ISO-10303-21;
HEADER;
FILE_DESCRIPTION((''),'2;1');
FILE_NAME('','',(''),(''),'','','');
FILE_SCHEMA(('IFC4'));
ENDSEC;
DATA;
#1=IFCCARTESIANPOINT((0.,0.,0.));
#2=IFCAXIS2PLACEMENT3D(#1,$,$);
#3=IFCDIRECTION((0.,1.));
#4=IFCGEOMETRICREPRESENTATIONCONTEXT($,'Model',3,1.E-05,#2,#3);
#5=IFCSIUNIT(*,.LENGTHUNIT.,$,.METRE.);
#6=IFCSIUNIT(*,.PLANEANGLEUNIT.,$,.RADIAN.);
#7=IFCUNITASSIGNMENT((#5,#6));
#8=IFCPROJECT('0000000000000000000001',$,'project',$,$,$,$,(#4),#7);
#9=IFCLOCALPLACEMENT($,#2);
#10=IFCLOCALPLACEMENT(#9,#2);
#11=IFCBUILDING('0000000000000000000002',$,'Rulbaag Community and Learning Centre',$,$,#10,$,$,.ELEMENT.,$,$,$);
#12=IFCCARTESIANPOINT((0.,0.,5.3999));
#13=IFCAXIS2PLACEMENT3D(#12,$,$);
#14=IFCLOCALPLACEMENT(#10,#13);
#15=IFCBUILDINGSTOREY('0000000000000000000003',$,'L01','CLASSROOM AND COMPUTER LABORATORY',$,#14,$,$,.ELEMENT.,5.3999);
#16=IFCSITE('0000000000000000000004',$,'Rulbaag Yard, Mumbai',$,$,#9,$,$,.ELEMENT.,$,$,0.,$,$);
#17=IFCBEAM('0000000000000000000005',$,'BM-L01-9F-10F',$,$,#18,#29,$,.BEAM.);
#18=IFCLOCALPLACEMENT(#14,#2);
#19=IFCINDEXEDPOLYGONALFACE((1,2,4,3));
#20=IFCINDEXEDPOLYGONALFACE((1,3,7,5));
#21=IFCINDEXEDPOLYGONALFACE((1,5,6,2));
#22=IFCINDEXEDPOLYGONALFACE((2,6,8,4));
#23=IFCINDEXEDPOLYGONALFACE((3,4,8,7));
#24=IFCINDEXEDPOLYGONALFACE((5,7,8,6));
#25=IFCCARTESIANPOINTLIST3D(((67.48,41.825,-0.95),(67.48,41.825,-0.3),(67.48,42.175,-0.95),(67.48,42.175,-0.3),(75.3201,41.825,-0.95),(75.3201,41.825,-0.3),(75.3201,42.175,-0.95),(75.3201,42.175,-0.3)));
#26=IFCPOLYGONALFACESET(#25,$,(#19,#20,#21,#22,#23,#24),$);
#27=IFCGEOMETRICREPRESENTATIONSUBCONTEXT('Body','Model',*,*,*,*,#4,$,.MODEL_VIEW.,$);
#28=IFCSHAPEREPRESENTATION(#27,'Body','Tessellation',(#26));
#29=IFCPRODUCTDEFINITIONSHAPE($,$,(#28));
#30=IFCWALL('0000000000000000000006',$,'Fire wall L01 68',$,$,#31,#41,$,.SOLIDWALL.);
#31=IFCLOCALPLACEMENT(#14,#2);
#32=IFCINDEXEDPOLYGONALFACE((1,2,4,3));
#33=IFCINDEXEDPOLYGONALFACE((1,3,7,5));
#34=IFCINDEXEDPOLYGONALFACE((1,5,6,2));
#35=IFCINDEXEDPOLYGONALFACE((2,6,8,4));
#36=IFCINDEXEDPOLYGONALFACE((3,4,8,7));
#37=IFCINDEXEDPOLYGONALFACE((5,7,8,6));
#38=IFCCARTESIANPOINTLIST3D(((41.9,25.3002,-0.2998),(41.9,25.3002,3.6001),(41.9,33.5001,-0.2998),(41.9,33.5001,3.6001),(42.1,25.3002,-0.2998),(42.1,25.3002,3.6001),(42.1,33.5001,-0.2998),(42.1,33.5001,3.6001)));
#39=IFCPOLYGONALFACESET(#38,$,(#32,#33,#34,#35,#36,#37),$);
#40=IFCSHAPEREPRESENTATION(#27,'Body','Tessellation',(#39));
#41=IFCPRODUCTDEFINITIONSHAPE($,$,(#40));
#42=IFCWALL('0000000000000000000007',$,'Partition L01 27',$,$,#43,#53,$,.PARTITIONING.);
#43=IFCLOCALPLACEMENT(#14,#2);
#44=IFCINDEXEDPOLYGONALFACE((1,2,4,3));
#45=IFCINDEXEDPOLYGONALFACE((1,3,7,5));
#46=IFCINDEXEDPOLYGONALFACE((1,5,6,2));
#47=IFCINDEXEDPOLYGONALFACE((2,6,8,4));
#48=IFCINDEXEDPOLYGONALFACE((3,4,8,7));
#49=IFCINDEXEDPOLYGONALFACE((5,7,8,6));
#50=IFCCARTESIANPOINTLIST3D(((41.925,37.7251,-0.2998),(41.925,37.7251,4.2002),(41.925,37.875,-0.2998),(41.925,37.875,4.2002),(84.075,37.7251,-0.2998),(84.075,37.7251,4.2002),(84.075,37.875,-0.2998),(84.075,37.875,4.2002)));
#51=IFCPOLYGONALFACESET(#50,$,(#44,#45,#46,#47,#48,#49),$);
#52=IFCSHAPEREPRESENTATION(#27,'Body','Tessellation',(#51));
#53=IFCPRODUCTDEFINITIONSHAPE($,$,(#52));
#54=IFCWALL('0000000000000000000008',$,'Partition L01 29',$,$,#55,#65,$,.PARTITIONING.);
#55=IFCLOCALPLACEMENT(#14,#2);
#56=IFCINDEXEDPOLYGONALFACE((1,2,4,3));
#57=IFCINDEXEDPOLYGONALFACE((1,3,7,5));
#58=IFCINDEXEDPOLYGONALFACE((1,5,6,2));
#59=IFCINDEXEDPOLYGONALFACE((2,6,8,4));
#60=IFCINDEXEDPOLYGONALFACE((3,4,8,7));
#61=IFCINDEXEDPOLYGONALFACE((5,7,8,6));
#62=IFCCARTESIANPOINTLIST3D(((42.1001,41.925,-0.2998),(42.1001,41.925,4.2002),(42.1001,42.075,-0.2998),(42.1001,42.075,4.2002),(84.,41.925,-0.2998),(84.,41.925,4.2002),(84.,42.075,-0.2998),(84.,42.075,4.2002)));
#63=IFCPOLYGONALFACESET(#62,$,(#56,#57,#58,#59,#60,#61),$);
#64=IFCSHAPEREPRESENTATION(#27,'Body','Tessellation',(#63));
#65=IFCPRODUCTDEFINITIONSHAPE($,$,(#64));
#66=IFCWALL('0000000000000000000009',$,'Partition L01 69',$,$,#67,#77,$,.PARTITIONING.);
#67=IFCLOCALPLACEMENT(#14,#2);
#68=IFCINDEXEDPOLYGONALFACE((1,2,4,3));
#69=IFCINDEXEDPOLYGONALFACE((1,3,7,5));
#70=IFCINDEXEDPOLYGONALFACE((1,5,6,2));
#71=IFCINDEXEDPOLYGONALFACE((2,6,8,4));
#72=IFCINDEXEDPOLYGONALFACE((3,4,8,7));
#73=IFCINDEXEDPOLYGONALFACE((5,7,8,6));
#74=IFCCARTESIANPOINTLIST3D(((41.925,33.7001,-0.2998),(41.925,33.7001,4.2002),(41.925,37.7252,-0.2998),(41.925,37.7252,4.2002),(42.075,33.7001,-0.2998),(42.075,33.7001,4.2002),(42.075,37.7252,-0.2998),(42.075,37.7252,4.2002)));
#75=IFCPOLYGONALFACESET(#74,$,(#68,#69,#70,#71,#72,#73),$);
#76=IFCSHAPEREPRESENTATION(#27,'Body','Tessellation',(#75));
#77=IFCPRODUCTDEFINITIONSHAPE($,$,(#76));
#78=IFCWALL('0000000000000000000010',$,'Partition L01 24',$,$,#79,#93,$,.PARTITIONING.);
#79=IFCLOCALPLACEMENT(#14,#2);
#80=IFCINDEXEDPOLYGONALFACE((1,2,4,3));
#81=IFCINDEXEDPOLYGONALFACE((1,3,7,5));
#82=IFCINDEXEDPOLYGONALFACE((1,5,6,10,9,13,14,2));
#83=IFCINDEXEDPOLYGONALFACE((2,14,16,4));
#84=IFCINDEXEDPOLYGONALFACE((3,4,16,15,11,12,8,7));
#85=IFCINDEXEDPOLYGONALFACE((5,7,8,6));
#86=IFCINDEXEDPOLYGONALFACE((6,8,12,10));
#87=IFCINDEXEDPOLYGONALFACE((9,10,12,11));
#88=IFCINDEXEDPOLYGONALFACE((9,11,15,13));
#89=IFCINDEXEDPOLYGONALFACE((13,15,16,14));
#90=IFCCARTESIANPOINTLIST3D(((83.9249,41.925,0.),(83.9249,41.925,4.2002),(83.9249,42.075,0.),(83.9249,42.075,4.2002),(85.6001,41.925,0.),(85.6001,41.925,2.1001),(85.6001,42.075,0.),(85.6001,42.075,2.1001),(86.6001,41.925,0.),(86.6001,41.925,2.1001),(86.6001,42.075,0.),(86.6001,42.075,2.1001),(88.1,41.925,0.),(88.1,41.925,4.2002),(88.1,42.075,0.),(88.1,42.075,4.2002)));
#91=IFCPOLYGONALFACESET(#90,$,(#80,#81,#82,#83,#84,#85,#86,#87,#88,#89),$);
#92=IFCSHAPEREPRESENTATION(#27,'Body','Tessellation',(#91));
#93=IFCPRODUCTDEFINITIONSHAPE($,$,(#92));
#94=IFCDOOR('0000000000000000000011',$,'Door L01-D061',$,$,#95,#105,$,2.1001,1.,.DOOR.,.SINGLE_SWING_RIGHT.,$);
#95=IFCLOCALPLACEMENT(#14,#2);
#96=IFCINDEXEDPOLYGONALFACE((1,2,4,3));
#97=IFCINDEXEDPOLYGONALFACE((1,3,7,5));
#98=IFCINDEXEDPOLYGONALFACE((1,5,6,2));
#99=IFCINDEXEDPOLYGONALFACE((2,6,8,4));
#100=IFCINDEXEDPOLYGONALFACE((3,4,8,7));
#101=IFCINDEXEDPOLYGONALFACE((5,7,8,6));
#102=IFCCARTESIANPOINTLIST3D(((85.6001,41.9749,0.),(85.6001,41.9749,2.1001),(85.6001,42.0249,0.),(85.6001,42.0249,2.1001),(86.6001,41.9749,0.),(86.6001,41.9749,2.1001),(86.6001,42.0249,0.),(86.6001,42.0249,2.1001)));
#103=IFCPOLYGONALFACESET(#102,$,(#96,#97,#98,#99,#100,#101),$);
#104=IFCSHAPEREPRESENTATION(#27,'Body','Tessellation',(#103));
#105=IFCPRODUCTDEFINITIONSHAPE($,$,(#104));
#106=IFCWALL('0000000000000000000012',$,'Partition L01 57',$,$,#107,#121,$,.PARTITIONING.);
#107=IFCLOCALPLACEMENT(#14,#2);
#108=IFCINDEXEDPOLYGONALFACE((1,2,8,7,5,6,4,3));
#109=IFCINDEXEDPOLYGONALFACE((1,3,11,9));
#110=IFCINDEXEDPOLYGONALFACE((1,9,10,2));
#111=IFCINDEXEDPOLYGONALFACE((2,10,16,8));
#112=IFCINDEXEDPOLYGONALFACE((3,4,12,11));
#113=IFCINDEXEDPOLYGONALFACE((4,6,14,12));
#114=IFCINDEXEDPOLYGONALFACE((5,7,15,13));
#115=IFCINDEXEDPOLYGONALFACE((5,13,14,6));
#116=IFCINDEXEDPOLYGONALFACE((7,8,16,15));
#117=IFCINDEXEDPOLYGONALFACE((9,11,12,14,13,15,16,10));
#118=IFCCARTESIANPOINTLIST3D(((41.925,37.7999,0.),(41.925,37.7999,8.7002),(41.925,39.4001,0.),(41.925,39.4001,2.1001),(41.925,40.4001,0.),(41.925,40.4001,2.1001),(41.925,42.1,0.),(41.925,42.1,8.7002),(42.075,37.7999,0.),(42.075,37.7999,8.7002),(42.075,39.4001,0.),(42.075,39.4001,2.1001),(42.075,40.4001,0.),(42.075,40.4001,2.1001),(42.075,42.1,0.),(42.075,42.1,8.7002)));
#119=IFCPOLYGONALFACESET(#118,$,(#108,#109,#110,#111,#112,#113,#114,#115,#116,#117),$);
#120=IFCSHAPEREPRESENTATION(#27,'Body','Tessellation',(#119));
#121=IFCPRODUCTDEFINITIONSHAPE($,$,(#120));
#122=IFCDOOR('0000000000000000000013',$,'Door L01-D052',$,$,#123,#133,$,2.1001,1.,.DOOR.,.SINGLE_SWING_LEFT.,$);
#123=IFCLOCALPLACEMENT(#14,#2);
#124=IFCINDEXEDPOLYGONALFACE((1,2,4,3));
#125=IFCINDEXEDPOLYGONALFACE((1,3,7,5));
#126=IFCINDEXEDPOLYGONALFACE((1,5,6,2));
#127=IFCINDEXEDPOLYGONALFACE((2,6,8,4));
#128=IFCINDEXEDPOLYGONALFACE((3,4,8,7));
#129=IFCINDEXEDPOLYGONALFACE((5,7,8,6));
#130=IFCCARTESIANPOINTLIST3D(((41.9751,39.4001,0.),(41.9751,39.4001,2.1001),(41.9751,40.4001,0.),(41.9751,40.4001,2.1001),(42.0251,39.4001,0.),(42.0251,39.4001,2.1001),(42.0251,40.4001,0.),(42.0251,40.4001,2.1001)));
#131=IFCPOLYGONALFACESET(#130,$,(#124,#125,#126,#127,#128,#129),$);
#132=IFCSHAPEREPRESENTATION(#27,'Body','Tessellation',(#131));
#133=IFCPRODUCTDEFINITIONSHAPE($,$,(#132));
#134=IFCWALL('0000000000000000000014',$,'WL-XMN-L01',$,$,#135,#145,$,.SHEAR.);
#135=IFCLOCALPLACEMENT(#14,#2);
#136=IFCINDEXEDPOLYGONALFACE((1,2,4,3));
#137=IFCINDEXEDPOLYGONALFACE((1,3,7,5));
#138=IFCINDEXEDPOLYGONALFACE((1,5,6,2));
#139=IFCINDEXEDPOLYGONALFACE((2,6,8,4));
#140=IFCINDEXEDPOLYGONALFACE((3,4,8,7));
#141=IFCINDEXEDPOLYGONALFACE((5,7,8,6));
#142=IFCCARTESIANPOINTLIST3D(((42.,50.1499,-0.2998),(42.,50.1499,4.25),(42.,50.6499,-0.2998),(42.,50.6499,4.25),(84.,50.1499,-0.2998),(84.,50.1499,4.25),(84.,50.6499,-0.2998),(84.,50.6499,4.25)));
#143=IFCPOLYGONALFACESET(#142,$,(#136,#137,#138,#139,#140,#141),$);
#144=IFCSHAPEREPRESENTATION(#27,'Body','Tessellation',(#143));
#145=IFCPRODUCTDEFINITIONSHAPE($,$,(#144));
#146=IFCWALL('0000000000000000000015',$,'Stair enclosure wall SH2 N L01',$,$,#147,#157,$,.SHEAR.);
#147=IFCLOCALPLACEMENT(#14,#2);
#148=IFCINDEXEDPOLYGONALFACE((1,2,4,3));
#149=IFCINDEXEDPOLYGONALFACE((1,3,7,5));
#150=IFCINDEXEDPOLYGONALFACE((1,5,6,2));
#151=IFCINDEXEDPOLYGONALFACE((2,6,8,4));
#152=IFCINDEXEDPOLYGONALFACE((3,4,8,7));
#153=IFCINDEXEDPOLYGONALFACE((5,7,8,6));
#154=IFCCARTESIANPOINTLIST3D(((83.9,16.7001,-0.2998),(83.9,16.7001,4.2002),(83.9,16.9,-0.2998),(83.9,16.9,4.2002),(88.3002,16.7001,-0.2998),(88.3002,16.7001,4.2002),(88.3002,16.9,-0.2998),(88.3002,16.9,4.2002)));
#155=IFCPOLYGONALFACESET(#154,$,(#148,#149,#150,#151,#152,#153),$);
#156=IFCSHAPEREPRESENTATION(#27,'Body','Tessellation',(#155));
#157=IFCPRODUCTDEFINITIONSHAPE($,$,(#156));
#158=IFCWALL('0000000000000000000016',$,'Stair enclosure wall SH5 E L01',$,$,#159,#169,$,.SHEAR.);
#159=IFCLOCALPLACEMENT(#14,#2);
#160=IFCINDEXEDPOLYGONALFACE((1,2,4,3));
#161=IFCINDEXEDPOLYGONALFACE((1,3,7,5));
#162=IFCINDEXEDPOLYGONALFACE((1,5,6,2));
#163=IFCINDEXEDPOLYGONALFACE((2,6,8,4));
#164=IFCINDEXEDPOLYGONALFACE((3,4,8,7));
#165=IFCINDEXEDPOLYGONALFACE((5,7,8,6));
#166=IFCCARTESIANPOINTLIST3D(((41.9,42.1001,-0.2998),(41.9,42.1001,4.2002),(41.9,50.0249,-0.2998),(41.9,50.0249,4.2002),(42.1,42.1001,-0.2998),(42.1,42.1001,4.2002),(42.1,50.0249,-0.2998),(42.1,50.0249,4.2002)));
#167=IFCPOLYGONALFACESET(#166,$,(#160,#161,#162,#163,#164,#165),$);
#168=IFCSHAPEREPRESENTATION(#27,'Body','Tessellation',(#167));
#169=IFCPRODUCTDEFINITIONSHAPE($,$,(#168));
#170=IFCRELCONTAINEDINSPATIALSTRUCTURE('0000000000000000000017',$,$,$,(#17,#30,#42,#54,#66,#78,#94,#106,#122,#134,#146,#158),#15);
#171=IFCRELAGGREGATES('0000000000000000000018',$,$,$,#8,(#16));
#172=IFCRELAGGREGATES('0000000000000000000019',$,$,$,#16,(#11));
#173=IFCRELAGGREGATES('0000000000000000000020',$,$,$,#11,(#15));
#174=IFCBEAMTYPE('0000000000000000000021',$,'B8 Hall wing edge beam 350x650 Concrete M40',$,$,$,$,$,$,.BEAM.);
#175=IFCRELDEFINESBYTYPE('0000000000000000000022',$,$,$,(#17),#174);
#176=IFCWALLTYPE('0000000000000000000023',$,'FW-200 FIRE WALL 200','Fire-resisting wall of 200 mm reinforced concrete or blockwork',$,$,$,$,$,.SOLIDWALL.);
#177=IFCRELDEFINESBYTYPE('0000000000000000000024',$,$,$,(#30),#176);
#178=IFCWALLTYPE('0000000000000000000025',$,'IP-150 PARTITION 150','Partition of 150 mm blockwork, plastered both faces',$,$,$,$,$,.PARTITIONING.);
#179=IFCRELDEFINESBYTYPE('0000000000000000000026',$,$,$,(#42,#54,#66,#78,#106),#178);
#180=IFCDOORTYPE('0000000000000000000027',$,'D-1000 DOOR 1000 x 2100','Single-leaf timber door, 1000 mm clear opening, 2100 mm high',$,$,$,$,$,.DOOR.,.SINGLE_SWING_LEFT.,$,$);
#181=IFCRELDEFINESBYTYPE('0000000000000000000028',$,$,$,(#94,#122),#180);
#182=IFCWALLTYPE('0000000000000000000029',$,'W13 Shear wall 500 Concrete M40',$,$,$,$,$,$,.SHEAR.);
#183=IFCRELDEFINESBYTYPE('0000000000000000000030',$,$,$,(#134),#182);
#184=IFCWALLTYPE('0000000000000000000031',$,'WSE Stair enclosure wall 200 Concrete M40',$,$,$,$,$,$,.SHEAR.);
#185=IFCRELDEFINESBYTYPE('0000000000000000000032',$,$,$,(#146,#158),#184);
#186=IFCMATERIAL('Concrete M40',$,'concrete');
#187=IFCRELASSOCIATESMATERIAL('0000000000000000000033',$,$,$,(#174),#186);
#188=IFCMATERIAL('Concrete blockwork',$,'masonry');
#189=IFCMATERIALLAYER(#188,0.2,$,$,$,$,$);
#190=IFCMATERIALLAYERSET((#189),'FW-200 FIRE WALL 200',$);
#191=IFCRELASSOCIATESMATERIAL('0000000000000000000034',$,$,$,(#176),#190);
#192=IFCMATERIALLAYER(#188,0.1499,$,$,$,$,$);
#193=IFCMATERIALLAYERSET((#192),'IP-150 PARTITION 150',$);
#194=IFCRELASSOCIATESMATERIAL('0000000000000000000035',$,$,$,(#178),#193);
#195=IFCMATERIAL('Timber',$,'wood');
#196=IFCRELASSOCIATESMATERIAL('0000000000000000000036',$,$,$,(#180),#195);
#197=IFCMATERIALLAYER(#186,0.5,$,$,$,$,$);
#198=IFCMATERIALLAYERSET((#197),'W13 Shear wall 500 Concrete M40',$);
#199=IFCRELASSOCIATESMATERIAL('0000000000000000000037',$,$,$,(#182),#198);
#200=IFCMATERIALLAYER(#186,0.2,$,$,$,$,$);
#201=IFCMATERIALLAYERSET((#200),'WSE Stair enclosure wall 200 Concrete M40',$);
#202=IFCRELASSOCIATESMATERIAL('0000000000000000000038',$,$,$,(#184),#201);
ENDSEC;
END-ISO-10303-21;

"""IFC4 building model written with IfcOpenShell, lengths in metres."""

from ifc_helpers import new_model, si_unit, direction, frame, frame_2d, origin, origin_2d, place, context, subcontext, project, spatial, rectangle, extrude, material, layer, layer_set, material_profile, profile_set, type_object, element, fill, save


model = new_model("IFC4")

# Units and contexts
model_context = context("Model", 3, precision=1e-05, world=origin(), true_north=direction((0.0, 1.0)))
body_context = subcontext(model_context, "Body", "Model", "MODEL_VIEW")
ifc_project = project(units=[si_unit("LENGTHUNIT", "METRE"), si_unit("PLANEANGLEUNIT", "RADIAN")], contexts=[model_context])

# Site, building, storey
site_placement = place(None, origin())
site = spatial("IfcSite", under=ifc_project, at=site_placement, Name="Rulbaag Yard, Mumbai", CompositionType="ELEMENT", RefElevation=0.0)
building_placement = place(site_placement, origin())
building = spatial("IfcBuilding", under=site, at=building_placement, Name="Rulbaag Community and Learning Centre", CompositionType="ELEMENT")
storey_placement = place(building_placement, frame((0.0, 0.0, 5.3999)))
storey = spatial("IfcBuildingStorey", under=building, at=storey_placement, Name="L01", Description="CLASSROOM AND COMPUTER LABORATORY", CompositionType="ELEMENT", Elevation=5.3999)

# Beam
ifc_material_1 = material(Name="Concrete M40", Category="concrete")
ifc_material_profile_1 = material_profile(ifc_material_1, rectangle(XDim=0.3501, YDim=0.6499, at=origin_2d()), Name="RB350x650")
ifc_profile_set_1 = profile_set([ifc_material_profile_1], Name="Concrete M40")
beam_type_1 = type_object("IfcBeamType", Name="B8 Hall wing edge beam 350x650 Concrete M40", PredefinedType="BEAM", material=ifc_profile_set_1)
beam_1_placement = place(storey_placement, frame((67.48, 42.0, -0.625), z_axis=(1.0, 0.0, 0.0), x_axis=(0.0, 1.0, 0.0)))
element("IfcBeam", 1, at=beam_1_placement, inside=storey, type_object=beam_type_1, Name="BM-L01-9F-10F", PredefinedType="BEAM", context=body_context, shape_type="SweptSolid", body=[
    extrude(rectangle(XDim=0.3501, YDim=0.6499, at=origin_2d()), origin(), (0.0, 0.0, 1.0), 7.8401),
])

# Walls
ifc_material_2 = material(Name="Concrete blockwork", Category="masonry")
ifc_layer_1 = layer(ifc_material_2, 0.2)
ifc_layer_set_1 = layer_set([ifc_layer_1], Name="FW-200 FIRE WALL 200")
wall_type_1 = type_object("IfcWallType", Name="FW-200 FIRE WALL 200", Description="Fire-resisting wall of 200 mm reinforced concrete or blockwork", PredefinedType="SOLIDWALL", material=ifc_layer_set_1)
wall_1_placement = place(storey_placement, frame((42.0, 25.3, -0.2998), z_axis=(0.0, 0.0, 1.0), x_axis=(0.0, 1.0, 0.0)))
element("IfcWall", 2, at=wall_1_placement, inside=storey, type_object=wall_type_1, Name="Fire wall L01 68", PredefinedType="SOLIDWALL", context=body_context, shape_type="SweptSolid", body=[
    extrude(rectangle(XDim=8.2, YDim=0.2, at=frame_2d((4.1001, 0.0))), origin(), (0.0, 0.0, 1.0), 3.8999),
])
ifc_layer_2 = layer(ifc_material_2, 0.1499)
ifc_layer_set_2 = layer_set([ifc_layer_2], Name="IP-150 PARTITION 150")
wall_type_2 = type_object("IfcWallType", Name="IP-150 PARTITION 150", Description="Partition of 150 mm blockwork, plastered both faces", PredefinedType="PARTITIONING", material=ifc_layer_set_2)
wall_2_placement = place(storey_placement, frame((41.925, 37.8, -0.2998), z_axis=(0.0, 0.0, 1.0), x_axis=(1.0, 0.0, 0.0)))
element("IfcWall", 3, at=wall_2_placement, inside=storey, type_object=wall_type_2, Name="Partition L01 27", PredefinedType="PARTITIONING", context=body_context, shape_type="SweptSolid", body=[
    extrude(rectangle(XDim=42.1499, YDim=0.1499, at=frame_2d((21.075, 0.0))), origin(), (0.0, 0.0, 1.0), 4.5),
])
wall_3_placement = place(storey_placement, frame((42.1001, 42.0, -0.2998), z_axis=(0.0, 0.0, 1.0), x_axis=(1.0, 0.0, 0.0)))
element("IfcWall", 4, at=wall_3_placement, inside=storey, type_object=wall_type_2, Name="Partition L01 29", PredefinedType="PARTITIONING", context=body_context, shape_type="SweptSolid", body=[
    extrude(rectangle(XDim=41.8999, YDim=0.1499, at=frame_2d((20.95, 0.0))), origin(), (0.0, 0.0, 1.0), 4.5),
])
wall_4_placement = place(storey_placement, frame((42.0, 33.7, -0.2998), z_axis=(0.0, 0.0, 1.0), x_axis=(0.0, 1.0, 0.0)))
element("IfcWall", 5, at=wall_4_placement, inside=storey, type_object=wall_type_2, Name="Partition L01 69", PredefinedType="PARTITIONING", context=body_context, shape_type="SweptSolid", body=[
    extrude(rectangle(XDim=4.0251, YDim=0.1499, at=frame_2d((2.0127, 0.0))), origin(), (0.0, 0.0, 1.0), 4.5),
])

# Walls, openings, doors
wall_5_placement = place(storey_placement, frame((83.925, 42.0, 0.0), z_axis=(0.0, 0.0, 1.0), x_axis=(1.0, 0.0, 0.0)))
wall_5 = element("IfcWall", 6, at=wall_5_placement, inside=storey, type_object=wall_type_2, Name="Partition L01 24", PredefinedType="PARTITIONING", context=body_context, shape_type="SweptSolid", body=[
    extrude(rectangle(XDim=4.175, YDim=0.1499, at=frame_2d((2.0874, 0.0))), origin(), (0.0, 0.0, 1.0), 4.2002),
])
opening_1_placement = place(wall_5_placement, frame((1.675, 0.0, 0.0)))
opening_1 = element("IfcOpeningElement", 7, at=opening_1_placement, cuts=wall_5, PredefinedType="OPENING", context=body_context, shape_type="SweptSolid", body=[
    extrude(rectangle(XDim=1.0, YDim=2.1001, at=frame_2d((0.5, 1.05))), frame((0.0, 0.085, 0.0), z_axis=(0.0, -1.0, 0.0), x_axis=(1.0, 0.0, 0.0)), (0.0, 0.0, 1.0), 0.1699),
])
ifc_material_3 = material(Name="Timber", Category="wood")
door_type = type_object("IfcDoorType", Name="D-1000 DOOR 1000 x 2100", Description="Single-leaf timber door, 1000 mm clear opening, 2100 mm high", OperationType="SINGLE_SWING_LEFT", PredefinedType="DOOR", material=ifc_material_3)
door_1_placement = place(opening_1_placement, origin())
door_1 = element("IfcDoor", 8, at=door_1_placement, inside=storey, type_object=door_type, Name="Door L01-D061", OperationType="SINGLE_SWING_RIGHT", OverallHeight=2.1001, OverallWidth=1.0, PredefinedType="DOOR", context=body_context, shape_type="SweptSolid", body=[
    extrude(rectangle(XDim=1.0, YDim=2.1001, at=frame_2d((0.5, 1.05))), frame((0.0, 0.0249, 0.0), z_axis=(0.0, -1.0, 0.0), x_axis=(1.0, 0.0, 0.0)), (0.0, 0.0, 1.0), 0.05),
])
fill(opening_1, door_1)
wall_6_placement = place(storey_placement, frame((42.0, 37.8, 0.0), z_axis=(0.0, 0.0, 1.0), x_axis=(0.0, 1.0, 0.0)))
wall_6 = element("IfcWall", 9, at=wall_6_placement, inside=storey, type_object=wall_type_2, Name="Partition L01 57", PredefinedType="PARTITIONING", context=body_context, shape_type="SweptSolid", body=[
    extrude(rectangle(XDim=4.3, YDim=0.1499, at=frame_2d((2.1499, 0.0))), origin(), (0.0, 0.0, 1.0), 8.7002),
])
opening_2_placement = place(wall_6_placement, frame((1.6001, 0.0, 0.0)))
opening_2 = element("IfcOpeningElement", 10, at=opening_2_placement, cuts=wall_6, PredefinedType="OPENING", context=body_context, shape_type="SweptSolid", body=[
    extrude(rectangle(XDim=1.0, YDim=2.1001, at=frame_2d((0.5, 1.05))), frame((0.0, 0.085, 0.0), z_axis=(0.0, -1.0, 0.0), x_axis=(1.0, 0.0, 0.0)), (0.0, 0.0, 1.0), 0.1699),
])
door_2_placement = place(opening_2_placement, origin())
door_2 = element("IfcDoor", 11, at=door_2_placement, inside=storey, type_object=door_type, Name="Door L01-D052", OperationType="SINGLE_SWING_LEFT", OverallHeight=2.1001, OverallWidth=1.0, PredefinedType="DOOR", context=body_context, shape_type="SweptSolid", body=[
    extrude(rectangle(XDim=1.0, YDim=2.1001, at=frame_2d((0.5, 1.05))), frame((0.0, 0.0249, 0.0), z_axis=(0.0, -1.0, 0.0), x_axis=(1.0, 0.0, 0.0)), (0.0, 0.0, 1.0), 0.05),
])
fill(opening_2, door_2)

# Walls
ifc_layer_3 = layer(ifc_material_1, 0.5)
ifc_layer_set_3 = layer_set([ifc_layer_3], Name="W13 Shear wall 500 Concrete M40")
wall_type_3 = type_object("IfcWallType", Name="W13 Shear wall 500 Concrete M40", PredefinedType="SHEAR", material=ifc_layer_set_3)
wall_7_placement = place(storey_placement, frame((42.0, 50.3999, -0.2998), z_axis=(0.0, 0.0, 1.0), x_axis=(1.0, 0.0, 0.0)))
element("IfcWall", 12, at=wall_7_placement, inside=storey, type_object=wall_type_3, Name="WL-XMN-L01", PredefinedType="SHEAR", context=body_context, shape_type="SweptSolid", body=[
    extrude(rectangle(XDim=42.0, YDim=0.5, at=frame_2d((21.0, 0.0))), origin(), (0.0, 0.0, 1.0), 4.5498),
])
ifc_layer_4 = layer(ifc_material_1, 0.2)
ifc_layer_set_4 = layer_set([ifc_layer_4], Name="WSE Stair enclosure wall 200 Concrete M40")
wall_type_4 = type_object("IfcWallType", Name="WSE Stair enclosure wall 200 Concrete M40", PredefinedType="SHEAR", material=ifc_layer_set_4)
wall_8_placement = place(storey_placement, frame((83.8999, 16.8, -0.2998), z_axis=(0.0, 0.0, 1.0), x_axis=(1.0, 0.0, 0.0)))
element("IfcWall", 13, at=wall_8_placement, inside=storey, type_object=wall_type_4, Name="Stair enclosure wall SH2 N L01", PredefinedType="SHEAR", context=body_context, shape_type="SweptSolid", body=[
    extrude(rectangle(XDim=4.4001, YDim=0.2, at=frame_2d((2.2002, 0.0))), origin(), (0.0, 0.0, 1.0), 4.5),
])
wall_9_placement = place(storey_placement, frame((42.0, 42.1001, -0.2998), z_axis=(0.0, 0.0, 1.0), x_axis=(0.0, 1.0, 0.0)))
element("IfcWall", 14, at=wall_9_placement, inside=storey, type_object=wall_type_4, Name="Stair enclosure wall SH5 E L01", PredefinedType="SHEAR", context=body_context, shape_type="SweptSolid", body=[
    extrude(rectangle(XDim=7.9248, YDim=0.2, at=frame_2d((3.9624, 0.0))), origin(), (0.0, 0.0, 1.0), 4.5),
])

save(model, "model.ifc")
